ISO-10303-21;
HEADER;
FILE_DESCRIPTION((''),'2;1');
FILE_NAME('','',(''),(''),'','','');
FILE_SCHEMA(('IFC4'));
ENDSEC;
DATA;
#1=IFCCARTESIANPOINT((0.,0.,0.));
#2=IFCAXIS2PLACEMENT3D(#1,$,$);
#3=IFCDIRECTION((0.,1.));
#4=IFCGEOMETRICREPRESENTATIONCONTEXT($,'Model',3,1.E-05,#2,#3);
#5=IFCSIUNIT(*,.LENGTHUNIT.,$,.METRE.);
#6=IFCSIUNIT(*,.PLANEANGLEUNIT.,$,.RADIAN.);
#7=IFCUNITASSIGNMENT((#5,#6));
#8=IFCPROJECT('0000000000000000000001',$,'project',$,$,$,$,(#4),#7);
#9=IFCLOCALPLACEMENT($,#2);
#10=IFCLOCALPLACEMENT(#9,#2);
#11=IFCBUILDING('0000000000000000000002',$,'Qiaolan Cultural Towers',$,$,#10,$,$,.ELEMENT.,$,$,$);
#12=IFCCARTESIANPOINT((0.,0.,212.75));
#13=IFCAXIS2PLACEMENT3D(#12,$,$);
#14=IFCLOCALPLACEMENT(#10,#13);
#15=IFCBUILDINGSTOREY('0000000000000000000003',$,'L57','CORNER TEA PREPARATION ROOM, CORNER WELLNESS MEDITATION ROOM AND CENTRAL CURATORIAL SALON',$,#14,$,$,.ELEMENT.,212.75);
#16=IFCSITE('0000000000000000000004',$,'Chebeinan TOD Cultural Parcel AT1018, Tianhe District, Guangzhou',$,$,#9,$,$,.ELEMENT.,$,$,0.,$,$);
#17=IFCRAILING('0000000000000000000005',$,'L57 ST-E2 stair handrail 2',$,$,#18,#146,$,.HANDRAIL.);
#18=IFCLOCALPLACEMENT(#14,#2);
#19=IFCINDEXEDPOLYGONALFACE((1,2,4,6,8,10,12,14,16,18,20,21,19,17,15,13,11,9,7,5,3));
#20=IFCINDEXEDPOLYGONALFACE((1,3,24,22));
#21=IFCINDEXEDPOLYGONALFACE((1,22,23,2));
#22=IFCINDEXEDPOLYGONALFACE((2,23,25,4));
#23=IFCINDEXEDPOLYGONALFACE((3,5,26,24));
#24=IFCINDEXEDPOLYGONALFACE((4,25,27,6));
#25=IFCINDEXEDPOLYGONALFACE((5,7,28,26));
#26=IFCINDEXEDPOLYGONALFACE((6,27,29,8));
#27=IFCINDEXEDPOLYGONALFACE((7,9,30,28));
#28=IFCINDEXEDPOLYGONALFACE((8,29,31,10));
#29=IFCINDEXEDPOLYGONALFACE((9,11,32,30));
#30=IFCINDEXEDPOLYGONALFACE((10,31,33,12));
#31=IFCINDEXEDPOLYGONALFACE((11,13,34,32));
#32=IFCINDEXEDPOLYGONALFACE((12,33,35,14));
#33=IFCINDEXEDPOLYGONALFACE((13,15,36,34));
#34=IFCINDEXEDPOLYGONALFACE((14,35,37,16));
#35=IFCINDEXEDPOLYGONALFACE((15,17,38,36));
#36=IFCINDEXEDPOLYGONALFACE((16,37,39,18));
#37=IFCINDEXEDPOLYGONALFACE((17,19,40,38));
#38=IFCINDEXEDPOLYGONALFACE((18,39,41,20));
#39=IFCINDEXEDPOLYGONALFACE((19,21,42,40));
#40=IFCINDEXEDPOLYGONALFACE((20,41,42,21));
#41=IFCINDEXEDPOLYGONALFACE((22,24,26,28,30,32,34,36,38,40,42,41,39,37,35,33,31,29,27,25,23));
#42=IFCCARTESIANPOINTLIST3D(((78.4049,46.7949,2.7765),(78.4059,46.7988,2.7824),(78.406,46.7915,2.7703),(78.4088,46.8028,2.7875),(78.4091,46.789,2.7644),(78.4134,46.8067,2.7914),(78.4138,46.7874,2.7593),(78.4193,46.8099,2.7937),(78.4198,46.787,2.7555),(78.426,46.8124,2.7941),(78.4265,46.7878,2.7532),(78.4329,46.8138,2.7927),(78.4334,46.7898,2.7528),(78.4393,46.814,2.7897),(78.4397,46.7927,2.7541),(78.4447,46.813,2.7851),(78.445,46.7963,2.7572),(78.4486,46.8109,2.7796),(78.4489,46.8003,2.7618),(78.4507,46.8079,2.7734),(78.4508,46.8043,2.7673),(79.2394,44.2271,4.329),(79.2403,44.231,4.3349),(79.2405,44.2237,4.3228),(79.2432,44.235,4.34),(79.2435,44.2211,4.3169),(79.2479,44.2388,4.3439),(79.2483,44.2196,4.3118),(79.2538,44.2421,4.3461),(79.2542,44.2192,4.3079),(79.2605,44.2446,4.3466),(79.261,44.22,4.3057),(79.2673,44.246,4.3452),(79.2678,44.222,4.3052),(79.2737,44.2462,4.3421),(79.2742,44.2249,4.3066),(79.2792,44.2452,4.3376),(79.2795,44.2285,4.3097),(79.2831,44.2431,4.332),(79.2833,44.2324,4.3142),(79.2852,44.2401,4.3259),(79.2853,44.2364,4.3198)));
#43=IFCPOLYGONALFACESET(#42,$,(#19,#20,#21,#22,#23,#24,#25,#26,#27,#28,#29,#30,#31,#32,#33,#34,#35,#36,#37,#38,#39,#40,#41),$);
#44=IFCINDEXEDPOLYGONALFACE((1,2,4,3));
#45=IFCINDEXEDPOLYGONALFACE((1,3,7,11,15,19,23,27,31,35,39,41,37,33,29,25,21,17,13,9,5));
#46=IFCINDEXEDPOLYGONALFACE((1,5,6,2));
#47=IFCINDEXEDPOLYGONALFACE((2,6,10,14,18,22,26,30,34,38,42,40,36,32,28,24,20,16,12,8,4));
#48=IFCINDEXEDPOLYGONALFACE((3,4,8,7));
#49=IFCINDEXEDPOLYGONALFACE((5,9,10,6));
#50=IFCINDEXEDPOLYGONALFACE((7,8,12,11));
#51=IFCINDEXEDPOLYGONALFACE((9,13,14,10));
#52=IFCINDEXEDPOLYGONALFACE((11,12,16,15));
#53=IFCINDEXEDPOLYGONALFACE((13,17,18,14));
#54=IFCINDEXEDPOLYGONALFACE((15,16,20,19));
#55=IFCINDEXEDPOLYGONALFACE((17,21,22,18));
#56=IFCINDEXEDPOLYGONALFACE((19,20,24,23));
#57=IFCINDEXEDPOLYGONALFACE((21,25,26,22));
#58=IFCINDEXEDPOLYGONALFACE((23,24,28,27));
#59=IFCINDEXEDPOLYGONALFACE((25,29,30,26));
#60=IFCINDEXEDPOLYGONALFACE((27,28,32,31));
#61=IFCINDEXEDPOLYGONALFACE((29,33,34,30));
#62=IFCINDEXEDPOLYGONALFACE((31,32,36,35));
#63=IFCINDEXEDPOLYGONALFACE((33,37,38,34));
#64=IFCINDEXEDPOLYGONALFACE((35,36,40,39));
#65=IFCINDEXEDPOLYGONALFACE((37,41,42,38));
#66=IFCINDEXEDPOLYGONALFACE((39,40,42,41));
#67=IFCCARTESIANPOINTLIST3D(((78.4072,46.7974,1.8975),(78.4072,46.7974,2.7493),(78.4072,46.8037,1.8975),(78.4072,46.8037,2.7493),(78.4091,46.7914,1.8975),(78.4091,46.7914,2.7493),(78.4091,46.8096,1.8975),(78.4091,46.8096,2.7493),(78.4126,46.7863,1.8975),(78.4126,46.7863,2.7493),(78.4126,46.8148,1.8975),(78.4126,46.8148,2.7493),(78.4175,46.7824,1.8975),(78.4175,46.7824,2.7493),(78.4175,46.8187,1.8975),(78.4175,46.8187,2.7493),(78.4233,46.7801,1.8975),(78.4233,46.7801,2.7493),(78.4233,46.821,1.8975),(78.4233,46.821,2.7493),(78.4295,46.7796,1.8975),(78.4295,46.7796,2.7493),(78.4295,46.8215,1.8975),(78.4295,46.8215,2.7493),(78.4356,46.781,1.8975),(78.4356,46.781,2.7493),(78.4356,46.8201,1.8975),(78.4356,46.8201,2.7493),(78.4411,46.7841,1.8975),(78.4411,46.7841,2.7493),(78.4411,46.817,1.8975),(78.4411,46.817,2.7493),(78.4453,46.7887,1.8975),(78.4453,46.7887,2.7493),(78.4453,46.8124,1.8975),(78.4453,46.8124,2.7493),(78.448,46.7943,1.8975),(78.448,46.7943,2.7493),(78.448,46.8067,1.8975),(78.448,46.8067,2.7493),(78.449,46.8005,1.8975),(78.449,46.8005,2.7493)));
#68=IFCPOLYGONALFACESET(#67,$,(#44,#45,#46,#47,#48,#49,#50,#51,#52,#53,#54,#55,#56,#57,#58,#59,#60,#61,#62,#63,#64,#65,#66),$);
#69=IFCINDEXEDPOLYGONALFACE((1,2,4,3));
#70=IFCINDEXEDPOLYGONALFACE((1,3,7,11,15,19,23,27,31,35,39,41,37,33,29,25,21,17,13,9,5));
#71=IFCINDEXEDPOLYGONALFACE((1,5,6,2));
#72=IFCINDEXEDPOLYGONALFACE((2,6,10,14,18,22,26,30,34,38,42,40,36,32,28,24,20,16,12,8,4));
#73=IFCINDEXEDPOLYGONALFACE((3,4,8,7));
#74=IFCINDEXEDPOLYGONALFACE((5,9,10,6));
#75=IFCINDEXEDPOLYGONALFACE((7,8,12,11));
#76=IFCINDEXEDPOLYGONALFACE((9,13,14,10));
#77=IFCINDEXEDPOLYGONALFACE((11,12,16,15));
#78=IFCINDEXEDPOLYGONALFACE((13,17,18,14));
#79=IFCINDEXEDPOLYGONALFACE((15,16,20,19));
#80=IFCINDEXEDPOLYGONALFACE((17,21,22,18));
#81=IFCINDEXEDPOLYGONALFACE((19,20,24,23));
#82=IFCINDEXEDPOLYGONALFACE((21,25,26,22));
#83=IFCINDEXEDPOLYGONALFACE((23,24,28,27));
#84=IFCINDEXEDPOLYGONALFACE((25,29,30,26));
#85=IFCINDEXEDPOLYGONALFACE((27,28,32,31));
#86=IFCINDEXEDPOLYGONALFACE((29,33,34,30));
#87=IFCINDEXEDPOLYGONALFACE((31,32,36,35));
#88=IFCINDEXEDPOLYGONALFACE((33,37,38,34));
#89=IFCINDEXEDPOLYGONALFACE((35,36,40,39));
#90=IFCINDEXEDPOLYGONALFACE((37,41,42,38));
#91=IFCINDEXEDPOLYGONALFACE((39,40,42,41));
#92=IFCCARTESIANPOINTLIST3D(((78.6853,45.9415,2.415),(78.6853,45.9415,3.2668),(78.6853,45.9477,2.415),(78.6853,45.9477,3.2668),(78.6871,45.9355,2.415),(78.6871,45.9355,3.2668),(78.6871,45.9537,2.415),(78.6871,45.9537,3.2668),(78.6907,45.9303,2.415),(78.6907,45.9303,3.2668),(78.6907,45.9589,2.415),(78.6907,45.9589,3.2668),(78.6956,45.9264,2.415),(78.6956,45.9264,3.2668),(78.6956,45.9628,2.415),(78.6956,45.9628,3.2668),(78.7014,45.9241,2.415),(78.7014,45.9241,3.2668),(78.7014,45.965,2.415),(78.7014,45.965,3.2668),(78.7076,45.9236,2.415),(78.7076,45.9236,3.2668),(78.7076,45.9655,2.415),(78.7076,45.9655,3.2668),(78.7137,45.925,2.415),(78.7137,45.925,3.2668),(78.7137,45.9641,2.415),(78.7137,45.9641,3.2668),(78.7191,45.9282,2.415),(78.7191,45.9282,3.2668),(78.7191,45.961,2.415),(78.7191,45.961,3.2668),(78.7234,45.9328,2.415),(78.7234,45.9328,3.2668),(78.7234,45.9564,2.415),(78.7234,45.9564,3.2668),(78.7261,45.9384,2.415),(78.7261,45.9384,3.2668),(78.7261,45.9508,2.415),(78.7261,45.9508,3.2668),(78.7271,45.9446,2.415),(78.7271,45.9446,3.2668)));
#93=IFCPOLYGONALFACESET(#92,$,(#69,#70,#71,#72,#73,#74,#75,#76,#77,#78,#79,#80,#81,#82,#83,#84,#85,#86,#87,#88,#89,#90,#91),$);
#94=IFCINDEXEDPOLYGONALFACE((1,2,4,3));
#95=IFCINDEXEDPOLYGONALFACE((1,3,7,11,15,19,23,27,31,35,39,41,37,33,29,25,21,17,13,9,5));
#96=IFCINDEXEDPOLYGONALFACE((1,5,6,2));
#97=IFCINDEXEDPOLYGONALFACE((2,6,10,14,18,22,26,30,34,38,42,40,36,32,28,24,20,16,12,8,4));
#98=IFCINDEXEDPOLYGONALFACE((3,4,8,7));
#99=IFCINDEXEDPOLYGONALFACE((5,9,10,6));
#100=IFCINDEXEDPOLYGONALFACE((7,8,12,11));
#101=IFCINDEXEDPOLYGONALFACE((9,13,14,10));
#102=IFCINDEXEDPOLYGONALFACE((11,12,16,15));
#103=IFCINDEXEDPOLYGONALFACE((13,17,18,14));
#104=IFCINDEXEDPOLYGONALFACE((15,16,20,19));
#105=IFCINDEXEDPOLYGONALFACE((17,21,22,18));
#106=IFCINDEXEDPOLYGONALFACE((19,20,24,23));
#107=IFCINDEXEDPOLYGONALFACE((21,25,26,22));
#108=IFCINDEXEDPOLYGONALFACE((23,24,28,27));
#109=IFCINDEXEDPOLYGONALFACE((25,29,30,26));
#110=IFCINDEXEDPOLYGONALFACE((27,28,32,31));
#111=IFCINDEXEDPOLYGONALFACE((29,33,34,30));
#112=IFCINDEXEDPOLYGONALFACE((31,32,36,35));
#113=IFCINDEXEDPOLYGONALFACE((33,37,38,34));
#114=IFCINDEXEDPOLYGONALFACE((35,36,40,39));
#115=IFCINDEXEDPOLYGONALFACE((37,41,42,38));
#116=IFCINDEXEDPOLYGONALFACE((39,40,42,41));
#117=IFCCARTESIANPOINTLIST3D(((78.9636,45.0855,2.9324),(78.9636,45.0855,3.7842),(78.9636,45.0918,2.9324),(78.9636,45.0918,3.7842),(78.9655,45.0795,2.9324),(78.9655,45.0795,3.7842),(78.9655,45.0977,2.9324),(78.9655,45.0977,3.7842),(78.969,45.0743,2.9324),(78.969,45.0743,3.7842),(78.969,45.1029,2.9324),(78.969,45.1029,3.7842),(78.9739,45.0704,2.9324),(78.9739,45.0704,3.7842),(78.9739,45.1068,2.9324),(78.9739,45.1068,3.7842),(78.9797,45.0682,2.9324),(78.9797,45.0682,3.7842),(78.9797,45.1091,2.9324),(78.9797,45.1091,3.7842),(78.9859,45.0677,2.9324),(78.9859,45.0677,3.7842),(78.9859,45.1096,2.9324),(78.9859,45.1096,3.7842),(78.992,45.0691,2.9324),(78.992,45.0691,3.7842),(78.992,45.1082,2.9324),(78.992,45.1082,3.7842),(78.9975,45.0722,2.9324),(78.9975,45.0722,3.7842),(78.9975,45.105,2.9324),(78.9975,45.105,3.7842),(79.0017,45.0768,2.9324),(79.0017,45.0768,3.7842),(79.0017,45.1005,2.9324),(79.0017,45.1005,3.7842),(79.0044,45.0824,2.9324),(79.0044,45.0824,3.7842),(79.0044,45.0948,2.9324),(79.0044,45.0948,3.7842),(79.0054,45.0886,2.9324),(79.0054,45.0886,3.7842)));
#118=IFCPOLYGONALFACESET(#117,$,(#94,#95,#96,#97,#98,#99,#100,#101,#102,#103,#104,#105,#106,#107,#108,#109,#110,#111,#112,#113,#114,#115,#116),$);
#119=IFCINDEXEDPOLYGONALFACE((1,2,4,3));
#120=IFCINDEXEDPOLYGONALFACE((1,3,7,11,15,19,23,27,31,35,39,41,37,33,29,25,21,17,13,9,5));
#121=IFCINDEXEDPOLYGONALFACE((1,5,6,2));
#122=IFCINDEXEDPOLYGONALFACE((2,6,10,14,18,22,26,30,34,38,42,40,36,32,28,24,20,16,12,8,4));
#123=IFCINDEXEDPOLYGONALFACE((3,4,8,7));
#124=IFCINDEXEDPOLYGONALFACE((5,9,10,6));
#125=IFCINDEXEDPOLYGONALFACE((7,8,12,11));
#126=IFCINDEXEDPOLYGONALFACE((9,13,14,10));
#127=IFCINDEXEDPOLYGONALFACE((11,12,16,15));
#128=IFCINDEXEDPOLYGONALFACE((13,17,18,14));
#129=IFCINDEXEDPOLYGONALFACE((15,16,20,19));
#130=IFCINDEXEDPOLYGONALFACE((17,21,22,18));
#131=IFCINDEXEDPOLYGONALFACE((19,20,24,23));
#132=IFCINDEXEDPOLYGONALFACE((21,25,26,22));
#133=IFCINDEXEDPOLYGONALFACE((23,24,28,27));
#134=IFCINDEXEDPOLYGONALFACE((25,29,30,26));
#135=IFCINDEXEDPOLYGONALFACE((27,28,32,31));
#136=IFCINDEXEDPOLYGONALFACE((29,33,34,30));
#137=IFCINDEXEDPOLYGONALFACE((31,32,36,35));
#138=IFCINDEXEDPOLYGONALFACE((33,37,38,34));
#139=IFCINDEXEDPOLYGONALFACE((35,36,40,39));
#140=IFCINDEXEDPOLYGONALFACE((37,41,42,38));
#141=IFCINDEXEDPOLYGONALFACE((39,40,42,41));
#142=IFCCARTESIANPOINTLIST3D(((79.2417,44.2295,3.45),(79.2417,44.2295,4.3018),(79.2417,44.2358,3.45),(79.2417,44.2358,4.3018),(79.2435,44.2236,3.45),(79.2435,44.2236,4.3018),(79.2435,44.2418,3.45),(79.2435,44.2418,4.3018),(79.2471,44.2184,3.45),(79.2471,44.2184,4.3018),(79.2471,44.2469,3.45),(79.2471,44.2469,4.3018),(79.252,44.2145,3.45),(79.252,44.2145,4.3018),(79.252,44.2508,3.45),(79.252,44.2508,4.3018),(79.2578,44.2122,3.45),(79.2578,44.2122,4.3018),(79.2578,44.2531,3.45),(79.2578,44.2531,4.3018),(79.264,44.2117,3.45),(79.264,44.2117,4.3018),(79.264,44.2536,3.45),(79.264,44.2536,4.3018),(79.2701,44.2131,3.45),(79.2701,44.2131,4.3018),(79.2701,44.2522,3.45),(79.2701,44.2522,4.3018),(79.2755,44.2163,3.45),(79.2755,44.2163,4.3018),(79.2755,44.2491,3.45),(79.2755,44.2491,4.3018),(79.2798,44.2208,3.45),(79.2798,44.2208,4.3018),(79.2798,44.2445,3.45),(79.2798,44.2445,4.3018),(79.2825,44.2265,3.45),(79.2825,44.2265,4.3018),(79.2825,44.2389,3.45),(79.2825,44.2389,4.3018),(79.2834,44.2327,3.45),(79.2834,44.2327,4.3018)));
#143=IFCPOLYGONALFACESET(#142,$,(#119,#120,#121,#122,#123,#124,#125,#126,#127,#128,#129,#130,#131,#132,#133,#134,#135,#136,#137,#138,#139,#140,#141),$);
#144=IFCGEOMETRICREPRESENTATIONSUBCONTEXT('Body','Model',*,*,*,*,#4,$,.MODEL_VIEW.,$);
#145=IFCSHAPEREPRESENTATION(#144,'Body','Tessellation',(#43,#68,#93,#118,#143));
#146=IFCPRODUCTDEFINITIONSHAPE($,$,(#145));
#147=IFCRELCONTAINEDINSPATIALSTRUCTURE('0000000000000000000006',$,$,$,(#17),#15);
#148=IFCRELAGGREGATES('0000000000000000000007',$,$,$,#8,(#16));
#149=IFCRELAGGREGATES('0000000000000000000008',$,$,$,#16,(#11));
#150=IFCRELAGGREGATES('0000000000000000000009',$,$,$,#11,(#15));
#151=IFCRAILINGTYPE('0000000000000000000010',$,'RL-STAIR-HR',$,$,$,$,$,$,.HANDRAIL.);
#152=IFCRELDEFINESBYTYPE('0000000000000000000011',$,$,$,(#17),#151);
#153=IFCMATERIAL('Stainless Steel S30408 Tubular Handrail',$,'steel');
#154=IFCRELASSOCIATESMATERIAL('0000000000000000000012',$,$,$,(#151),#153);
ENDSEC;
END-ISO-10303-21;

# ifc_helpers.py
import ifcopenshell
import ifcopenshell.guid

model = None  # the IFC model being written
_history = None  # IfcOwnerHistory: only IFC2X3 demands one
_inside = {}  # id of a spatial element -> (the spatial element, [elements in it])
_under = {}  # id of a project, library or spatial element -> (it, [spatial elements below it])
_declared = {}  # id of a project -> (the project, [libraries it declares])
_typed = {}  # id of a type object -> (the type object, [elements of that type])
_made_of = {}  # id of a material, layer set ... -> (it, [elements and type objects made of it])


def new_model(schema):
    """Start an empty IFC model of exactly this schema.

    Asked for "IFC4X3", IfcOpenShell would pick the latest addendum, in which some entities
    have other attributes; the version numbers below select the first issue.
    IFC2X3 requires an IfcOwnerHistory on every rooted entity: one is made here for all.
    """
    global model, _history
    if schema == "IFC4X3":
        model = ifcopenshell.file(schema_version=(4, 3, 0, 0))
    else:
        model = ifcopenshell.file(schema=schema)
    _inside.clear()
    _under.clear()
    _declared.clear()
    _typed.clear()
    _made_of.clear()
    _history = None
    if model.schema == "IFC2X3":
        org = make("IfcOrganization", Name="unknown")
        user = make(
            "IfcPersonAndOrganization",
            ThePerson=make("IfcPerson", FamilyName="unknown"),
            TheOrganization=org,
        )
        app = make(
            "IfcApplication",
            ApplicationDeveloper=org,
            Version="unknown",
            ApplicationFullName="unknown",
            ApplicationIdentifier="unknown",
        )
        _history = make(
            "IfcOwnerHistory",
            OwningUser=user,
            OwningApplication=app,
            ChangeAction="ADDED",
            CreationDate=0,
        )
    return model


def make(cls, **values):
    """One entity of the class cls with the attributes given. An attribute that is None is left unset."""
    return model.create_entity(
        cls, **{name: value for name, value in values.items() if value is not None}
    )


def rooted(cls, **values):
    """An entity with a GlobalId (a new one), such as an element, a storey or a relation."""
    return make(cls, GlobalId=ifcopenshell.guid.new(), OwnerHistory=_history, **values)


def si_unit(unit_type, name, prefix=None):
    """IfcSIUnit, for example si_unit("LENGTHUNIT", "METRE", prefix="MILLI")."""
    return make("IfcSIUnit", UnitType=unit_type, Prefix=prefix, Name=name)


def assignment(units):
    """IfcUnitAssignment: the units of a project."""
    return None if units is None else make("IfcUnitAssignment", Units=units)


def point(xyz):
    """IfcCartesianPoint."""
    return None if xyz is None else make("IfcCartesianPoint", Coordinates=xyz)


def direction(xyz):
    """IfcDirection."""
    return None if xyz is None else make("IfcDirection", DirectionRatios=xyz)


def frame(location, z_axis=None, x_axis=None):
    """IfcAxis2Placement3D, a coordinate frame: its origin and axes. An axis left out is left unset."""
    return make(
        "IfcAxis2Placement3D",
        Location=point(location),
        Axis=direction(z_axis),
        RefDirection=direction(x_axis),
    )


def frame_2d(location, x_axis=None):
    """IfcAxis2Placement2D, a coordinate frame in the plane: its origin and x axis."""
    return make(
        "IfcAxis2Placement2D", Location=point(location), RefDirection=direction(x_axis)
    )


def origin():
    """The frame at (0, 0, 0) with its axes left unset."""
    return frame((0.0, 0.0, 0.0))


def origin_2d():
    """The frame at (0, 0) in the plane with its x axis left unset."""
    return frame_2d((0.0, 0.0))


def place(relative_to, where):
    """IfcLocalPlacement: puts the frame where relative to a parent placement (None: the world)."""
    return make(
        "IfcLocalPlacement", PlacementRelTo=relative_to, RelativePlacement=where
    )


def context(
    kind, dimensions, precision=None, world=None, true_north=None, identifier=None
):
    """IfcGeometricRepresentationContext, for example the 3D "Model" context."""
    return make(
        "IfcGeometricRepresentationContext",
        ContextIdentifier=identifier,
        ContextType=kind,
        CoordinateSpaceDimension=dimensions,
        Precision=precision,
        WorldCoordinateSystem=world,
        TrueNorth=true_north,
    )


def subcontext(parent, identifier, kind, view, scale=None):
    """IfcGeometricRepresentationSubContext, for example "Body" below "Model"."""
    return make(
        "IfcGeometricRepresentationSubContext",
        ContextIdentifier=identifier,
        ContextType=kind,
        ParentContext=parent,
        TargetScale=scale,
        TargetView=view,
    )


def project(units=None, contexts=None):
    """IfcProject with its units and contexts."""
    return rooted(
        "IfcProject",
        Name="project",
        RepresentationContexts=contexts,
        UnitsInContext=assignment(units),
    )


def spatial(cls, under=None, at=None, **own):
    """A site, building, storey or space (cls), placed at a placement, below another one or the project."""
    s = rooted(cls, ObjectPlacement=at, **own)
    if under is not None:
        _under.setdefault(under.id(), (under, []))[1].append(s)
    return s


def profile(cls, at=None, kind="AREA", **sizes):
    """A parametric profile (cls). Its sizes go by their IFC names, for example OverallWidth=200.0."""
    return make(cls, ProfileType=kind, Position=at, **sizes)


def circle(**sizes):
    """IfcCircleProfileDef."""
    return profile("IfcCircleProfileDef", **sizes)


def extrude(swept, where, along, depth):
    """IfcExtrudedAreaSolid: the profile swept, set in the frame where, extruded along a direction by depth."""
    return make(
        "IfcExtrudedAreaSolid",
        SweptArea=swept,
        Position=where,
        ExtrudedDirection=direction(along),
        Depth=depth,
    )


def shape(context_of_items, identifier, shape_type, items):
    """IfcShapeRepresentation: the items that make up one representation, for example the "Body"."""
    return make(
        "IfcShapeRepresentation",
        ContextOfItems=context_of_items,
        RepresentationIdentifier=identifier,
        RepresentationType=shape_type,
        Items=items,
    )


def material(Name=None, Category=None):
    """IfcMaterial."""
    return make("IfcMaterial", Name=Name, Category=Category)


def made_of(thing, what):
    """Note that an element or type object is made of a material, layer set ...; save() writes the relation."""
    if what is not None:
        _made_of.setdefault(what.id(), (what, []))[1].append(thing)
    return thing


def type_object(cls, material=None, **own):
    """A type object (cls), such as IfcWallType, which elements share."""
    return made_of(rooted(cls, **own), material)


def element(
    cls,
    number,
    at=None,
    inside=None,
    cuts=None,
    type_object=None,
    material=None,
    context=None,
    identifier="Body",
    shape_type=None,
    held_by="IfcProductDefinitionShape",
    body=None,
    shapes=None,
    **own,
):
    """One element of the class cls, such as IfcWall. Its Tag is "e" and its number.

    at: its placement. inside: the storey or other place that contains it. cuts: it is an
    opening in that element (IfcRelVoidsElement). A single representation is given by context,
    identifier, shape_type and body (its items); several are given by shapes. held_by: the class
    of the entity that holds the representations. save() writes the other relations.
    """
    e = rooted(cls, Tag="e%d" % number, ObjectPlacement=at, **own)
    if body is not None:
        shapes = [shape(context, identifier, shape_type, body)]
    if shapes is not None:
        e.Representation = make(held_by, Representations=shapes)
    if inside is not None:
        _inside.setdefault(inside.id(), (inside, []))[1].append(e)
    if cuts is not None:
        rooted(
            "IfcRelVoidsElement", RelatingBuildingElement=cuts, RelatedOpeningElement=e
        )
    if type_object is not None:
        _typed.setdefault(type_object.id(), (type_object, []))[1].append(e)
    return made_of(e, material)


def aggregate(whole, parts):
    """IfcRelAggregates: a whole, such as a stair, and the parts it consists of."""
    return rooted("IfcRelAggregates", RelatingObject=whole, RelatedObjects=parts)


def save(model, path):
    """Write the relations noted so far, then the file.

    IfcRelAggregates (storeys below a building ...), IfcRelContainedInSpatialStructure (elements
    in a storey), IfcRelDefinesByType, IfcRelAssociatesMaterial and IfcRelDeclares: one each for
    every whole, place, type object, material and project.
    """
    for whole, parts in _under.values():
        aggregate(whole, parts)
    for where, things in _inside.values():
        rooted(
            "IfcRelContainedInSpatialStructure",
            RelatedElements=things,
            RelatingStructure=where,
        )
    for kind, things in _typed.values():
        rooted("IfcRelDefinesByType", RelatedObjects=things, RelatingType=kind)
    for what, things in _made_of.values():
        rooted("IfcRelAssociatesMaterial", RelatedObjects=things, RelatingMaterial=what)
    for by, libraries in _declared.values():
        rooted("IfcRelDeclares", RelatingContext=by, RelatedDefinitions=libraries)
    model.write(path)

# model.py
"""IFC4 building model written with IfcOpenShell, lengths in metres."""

from ifc_helpers import new_model, si_unit, direction, frame, origin, origin_2d, place, context, subcontext, project, spatial, circle, extrude, material, type_object, element, save


model = new_model("IFC4")

# Units and contexts
model_context = context("Model", 3, precision=1e-05, world=origin(), true_north=direction((0.0, 1.0)))
body_context = subcontext(model_context, "Body", "Model", "MODEL_VIEW")
ifc_project = project(units=[si_unit("LENGTHUNIT", "METRE"), si_unit("PLANEANGLEUNIT", "RADIAN")], contexts=[model_context])

# Site, building, storey
site_placement = place(None, origin())
site = spatial("IfcSite", under=ifc_project, at=site_placement, Name="Chebeinan TOD Cultural Parcel AT1018, Tianhe District, Guangzhou", CompositionType="ELEMENT", RefElevation=0.0)
building_placement = place(site_placement, origin())
building = spatial("IfcBuilding", under=site, at=building_placement, Name="Qiaolan Cultural Towers", CompositionType="ELEMENT")
storey_placement = place(building_placement, frame((0.0, 0.0, 212.75)))
storey = spatial("IfcBuildingStorey", under=building, at=storey_placement, Name="L57", Description="CORNER TEA PREPARATION ROOM, CORNER WELLNESS MEDITATION ROOM AND CENTRAL CURATORIAL SALON", CompositionType="ELEMENT", Elevation=212.75)

# Railing
ifc_material_1 = material(Name="Stainless Steel S30408 Tubular Handrail", Category="steel")
railing_type_1 = type_object("IfcRailingType", Name="RL-STAIR-HR", PredefinedType="HANDRAIL", material=ifc_material_1)
railing_1_placement = place(storey_placement, frame((78.428, 46.8005, 1.8975)))
element("IfcRailing", 1, at=railing_1_placement, inside=storey, type_object=railing_type_1, Name="L57 ST-E2 stair handrail 2", PredefinedType="HANDRAIL", context=body_context, shape_type="SweptSolid", body=[
    extrude(circle(Radius=0.0239, at=origin_2d()), frame((0.0, 0.0, 0.876), z_axis=(0.267926, -0.824471, 0.498461), x_axis=(0.951043, 0.309057, 0.0)), (0.0, 0.0, 1.0), 3.1145),
    extrude(circle(Radius=0.021, at=origin_2d()), origin(), (0.0, 0.0, 1.0), 0.8518),
    extrude(circle(Radius=0.021, at=origin_2d()), frame((0.2781, -0.856, 0.5176)), (0.0, 0.0, 1.0), 0.8518),
    extrude(circle(Radius=0.021, at=origin_2d()), frame((0.5564, -1.7119, 1.0349)), (0.0, 0.0, 1.0), 0.8518),
    extrude(circle(Radius=0.021, at=origin_2d()), frame((0.8345, -2.5679, 1.5525)), (0.0, 0.0, 1.0), 0.8518),
])

save(model, "model.ifc")
